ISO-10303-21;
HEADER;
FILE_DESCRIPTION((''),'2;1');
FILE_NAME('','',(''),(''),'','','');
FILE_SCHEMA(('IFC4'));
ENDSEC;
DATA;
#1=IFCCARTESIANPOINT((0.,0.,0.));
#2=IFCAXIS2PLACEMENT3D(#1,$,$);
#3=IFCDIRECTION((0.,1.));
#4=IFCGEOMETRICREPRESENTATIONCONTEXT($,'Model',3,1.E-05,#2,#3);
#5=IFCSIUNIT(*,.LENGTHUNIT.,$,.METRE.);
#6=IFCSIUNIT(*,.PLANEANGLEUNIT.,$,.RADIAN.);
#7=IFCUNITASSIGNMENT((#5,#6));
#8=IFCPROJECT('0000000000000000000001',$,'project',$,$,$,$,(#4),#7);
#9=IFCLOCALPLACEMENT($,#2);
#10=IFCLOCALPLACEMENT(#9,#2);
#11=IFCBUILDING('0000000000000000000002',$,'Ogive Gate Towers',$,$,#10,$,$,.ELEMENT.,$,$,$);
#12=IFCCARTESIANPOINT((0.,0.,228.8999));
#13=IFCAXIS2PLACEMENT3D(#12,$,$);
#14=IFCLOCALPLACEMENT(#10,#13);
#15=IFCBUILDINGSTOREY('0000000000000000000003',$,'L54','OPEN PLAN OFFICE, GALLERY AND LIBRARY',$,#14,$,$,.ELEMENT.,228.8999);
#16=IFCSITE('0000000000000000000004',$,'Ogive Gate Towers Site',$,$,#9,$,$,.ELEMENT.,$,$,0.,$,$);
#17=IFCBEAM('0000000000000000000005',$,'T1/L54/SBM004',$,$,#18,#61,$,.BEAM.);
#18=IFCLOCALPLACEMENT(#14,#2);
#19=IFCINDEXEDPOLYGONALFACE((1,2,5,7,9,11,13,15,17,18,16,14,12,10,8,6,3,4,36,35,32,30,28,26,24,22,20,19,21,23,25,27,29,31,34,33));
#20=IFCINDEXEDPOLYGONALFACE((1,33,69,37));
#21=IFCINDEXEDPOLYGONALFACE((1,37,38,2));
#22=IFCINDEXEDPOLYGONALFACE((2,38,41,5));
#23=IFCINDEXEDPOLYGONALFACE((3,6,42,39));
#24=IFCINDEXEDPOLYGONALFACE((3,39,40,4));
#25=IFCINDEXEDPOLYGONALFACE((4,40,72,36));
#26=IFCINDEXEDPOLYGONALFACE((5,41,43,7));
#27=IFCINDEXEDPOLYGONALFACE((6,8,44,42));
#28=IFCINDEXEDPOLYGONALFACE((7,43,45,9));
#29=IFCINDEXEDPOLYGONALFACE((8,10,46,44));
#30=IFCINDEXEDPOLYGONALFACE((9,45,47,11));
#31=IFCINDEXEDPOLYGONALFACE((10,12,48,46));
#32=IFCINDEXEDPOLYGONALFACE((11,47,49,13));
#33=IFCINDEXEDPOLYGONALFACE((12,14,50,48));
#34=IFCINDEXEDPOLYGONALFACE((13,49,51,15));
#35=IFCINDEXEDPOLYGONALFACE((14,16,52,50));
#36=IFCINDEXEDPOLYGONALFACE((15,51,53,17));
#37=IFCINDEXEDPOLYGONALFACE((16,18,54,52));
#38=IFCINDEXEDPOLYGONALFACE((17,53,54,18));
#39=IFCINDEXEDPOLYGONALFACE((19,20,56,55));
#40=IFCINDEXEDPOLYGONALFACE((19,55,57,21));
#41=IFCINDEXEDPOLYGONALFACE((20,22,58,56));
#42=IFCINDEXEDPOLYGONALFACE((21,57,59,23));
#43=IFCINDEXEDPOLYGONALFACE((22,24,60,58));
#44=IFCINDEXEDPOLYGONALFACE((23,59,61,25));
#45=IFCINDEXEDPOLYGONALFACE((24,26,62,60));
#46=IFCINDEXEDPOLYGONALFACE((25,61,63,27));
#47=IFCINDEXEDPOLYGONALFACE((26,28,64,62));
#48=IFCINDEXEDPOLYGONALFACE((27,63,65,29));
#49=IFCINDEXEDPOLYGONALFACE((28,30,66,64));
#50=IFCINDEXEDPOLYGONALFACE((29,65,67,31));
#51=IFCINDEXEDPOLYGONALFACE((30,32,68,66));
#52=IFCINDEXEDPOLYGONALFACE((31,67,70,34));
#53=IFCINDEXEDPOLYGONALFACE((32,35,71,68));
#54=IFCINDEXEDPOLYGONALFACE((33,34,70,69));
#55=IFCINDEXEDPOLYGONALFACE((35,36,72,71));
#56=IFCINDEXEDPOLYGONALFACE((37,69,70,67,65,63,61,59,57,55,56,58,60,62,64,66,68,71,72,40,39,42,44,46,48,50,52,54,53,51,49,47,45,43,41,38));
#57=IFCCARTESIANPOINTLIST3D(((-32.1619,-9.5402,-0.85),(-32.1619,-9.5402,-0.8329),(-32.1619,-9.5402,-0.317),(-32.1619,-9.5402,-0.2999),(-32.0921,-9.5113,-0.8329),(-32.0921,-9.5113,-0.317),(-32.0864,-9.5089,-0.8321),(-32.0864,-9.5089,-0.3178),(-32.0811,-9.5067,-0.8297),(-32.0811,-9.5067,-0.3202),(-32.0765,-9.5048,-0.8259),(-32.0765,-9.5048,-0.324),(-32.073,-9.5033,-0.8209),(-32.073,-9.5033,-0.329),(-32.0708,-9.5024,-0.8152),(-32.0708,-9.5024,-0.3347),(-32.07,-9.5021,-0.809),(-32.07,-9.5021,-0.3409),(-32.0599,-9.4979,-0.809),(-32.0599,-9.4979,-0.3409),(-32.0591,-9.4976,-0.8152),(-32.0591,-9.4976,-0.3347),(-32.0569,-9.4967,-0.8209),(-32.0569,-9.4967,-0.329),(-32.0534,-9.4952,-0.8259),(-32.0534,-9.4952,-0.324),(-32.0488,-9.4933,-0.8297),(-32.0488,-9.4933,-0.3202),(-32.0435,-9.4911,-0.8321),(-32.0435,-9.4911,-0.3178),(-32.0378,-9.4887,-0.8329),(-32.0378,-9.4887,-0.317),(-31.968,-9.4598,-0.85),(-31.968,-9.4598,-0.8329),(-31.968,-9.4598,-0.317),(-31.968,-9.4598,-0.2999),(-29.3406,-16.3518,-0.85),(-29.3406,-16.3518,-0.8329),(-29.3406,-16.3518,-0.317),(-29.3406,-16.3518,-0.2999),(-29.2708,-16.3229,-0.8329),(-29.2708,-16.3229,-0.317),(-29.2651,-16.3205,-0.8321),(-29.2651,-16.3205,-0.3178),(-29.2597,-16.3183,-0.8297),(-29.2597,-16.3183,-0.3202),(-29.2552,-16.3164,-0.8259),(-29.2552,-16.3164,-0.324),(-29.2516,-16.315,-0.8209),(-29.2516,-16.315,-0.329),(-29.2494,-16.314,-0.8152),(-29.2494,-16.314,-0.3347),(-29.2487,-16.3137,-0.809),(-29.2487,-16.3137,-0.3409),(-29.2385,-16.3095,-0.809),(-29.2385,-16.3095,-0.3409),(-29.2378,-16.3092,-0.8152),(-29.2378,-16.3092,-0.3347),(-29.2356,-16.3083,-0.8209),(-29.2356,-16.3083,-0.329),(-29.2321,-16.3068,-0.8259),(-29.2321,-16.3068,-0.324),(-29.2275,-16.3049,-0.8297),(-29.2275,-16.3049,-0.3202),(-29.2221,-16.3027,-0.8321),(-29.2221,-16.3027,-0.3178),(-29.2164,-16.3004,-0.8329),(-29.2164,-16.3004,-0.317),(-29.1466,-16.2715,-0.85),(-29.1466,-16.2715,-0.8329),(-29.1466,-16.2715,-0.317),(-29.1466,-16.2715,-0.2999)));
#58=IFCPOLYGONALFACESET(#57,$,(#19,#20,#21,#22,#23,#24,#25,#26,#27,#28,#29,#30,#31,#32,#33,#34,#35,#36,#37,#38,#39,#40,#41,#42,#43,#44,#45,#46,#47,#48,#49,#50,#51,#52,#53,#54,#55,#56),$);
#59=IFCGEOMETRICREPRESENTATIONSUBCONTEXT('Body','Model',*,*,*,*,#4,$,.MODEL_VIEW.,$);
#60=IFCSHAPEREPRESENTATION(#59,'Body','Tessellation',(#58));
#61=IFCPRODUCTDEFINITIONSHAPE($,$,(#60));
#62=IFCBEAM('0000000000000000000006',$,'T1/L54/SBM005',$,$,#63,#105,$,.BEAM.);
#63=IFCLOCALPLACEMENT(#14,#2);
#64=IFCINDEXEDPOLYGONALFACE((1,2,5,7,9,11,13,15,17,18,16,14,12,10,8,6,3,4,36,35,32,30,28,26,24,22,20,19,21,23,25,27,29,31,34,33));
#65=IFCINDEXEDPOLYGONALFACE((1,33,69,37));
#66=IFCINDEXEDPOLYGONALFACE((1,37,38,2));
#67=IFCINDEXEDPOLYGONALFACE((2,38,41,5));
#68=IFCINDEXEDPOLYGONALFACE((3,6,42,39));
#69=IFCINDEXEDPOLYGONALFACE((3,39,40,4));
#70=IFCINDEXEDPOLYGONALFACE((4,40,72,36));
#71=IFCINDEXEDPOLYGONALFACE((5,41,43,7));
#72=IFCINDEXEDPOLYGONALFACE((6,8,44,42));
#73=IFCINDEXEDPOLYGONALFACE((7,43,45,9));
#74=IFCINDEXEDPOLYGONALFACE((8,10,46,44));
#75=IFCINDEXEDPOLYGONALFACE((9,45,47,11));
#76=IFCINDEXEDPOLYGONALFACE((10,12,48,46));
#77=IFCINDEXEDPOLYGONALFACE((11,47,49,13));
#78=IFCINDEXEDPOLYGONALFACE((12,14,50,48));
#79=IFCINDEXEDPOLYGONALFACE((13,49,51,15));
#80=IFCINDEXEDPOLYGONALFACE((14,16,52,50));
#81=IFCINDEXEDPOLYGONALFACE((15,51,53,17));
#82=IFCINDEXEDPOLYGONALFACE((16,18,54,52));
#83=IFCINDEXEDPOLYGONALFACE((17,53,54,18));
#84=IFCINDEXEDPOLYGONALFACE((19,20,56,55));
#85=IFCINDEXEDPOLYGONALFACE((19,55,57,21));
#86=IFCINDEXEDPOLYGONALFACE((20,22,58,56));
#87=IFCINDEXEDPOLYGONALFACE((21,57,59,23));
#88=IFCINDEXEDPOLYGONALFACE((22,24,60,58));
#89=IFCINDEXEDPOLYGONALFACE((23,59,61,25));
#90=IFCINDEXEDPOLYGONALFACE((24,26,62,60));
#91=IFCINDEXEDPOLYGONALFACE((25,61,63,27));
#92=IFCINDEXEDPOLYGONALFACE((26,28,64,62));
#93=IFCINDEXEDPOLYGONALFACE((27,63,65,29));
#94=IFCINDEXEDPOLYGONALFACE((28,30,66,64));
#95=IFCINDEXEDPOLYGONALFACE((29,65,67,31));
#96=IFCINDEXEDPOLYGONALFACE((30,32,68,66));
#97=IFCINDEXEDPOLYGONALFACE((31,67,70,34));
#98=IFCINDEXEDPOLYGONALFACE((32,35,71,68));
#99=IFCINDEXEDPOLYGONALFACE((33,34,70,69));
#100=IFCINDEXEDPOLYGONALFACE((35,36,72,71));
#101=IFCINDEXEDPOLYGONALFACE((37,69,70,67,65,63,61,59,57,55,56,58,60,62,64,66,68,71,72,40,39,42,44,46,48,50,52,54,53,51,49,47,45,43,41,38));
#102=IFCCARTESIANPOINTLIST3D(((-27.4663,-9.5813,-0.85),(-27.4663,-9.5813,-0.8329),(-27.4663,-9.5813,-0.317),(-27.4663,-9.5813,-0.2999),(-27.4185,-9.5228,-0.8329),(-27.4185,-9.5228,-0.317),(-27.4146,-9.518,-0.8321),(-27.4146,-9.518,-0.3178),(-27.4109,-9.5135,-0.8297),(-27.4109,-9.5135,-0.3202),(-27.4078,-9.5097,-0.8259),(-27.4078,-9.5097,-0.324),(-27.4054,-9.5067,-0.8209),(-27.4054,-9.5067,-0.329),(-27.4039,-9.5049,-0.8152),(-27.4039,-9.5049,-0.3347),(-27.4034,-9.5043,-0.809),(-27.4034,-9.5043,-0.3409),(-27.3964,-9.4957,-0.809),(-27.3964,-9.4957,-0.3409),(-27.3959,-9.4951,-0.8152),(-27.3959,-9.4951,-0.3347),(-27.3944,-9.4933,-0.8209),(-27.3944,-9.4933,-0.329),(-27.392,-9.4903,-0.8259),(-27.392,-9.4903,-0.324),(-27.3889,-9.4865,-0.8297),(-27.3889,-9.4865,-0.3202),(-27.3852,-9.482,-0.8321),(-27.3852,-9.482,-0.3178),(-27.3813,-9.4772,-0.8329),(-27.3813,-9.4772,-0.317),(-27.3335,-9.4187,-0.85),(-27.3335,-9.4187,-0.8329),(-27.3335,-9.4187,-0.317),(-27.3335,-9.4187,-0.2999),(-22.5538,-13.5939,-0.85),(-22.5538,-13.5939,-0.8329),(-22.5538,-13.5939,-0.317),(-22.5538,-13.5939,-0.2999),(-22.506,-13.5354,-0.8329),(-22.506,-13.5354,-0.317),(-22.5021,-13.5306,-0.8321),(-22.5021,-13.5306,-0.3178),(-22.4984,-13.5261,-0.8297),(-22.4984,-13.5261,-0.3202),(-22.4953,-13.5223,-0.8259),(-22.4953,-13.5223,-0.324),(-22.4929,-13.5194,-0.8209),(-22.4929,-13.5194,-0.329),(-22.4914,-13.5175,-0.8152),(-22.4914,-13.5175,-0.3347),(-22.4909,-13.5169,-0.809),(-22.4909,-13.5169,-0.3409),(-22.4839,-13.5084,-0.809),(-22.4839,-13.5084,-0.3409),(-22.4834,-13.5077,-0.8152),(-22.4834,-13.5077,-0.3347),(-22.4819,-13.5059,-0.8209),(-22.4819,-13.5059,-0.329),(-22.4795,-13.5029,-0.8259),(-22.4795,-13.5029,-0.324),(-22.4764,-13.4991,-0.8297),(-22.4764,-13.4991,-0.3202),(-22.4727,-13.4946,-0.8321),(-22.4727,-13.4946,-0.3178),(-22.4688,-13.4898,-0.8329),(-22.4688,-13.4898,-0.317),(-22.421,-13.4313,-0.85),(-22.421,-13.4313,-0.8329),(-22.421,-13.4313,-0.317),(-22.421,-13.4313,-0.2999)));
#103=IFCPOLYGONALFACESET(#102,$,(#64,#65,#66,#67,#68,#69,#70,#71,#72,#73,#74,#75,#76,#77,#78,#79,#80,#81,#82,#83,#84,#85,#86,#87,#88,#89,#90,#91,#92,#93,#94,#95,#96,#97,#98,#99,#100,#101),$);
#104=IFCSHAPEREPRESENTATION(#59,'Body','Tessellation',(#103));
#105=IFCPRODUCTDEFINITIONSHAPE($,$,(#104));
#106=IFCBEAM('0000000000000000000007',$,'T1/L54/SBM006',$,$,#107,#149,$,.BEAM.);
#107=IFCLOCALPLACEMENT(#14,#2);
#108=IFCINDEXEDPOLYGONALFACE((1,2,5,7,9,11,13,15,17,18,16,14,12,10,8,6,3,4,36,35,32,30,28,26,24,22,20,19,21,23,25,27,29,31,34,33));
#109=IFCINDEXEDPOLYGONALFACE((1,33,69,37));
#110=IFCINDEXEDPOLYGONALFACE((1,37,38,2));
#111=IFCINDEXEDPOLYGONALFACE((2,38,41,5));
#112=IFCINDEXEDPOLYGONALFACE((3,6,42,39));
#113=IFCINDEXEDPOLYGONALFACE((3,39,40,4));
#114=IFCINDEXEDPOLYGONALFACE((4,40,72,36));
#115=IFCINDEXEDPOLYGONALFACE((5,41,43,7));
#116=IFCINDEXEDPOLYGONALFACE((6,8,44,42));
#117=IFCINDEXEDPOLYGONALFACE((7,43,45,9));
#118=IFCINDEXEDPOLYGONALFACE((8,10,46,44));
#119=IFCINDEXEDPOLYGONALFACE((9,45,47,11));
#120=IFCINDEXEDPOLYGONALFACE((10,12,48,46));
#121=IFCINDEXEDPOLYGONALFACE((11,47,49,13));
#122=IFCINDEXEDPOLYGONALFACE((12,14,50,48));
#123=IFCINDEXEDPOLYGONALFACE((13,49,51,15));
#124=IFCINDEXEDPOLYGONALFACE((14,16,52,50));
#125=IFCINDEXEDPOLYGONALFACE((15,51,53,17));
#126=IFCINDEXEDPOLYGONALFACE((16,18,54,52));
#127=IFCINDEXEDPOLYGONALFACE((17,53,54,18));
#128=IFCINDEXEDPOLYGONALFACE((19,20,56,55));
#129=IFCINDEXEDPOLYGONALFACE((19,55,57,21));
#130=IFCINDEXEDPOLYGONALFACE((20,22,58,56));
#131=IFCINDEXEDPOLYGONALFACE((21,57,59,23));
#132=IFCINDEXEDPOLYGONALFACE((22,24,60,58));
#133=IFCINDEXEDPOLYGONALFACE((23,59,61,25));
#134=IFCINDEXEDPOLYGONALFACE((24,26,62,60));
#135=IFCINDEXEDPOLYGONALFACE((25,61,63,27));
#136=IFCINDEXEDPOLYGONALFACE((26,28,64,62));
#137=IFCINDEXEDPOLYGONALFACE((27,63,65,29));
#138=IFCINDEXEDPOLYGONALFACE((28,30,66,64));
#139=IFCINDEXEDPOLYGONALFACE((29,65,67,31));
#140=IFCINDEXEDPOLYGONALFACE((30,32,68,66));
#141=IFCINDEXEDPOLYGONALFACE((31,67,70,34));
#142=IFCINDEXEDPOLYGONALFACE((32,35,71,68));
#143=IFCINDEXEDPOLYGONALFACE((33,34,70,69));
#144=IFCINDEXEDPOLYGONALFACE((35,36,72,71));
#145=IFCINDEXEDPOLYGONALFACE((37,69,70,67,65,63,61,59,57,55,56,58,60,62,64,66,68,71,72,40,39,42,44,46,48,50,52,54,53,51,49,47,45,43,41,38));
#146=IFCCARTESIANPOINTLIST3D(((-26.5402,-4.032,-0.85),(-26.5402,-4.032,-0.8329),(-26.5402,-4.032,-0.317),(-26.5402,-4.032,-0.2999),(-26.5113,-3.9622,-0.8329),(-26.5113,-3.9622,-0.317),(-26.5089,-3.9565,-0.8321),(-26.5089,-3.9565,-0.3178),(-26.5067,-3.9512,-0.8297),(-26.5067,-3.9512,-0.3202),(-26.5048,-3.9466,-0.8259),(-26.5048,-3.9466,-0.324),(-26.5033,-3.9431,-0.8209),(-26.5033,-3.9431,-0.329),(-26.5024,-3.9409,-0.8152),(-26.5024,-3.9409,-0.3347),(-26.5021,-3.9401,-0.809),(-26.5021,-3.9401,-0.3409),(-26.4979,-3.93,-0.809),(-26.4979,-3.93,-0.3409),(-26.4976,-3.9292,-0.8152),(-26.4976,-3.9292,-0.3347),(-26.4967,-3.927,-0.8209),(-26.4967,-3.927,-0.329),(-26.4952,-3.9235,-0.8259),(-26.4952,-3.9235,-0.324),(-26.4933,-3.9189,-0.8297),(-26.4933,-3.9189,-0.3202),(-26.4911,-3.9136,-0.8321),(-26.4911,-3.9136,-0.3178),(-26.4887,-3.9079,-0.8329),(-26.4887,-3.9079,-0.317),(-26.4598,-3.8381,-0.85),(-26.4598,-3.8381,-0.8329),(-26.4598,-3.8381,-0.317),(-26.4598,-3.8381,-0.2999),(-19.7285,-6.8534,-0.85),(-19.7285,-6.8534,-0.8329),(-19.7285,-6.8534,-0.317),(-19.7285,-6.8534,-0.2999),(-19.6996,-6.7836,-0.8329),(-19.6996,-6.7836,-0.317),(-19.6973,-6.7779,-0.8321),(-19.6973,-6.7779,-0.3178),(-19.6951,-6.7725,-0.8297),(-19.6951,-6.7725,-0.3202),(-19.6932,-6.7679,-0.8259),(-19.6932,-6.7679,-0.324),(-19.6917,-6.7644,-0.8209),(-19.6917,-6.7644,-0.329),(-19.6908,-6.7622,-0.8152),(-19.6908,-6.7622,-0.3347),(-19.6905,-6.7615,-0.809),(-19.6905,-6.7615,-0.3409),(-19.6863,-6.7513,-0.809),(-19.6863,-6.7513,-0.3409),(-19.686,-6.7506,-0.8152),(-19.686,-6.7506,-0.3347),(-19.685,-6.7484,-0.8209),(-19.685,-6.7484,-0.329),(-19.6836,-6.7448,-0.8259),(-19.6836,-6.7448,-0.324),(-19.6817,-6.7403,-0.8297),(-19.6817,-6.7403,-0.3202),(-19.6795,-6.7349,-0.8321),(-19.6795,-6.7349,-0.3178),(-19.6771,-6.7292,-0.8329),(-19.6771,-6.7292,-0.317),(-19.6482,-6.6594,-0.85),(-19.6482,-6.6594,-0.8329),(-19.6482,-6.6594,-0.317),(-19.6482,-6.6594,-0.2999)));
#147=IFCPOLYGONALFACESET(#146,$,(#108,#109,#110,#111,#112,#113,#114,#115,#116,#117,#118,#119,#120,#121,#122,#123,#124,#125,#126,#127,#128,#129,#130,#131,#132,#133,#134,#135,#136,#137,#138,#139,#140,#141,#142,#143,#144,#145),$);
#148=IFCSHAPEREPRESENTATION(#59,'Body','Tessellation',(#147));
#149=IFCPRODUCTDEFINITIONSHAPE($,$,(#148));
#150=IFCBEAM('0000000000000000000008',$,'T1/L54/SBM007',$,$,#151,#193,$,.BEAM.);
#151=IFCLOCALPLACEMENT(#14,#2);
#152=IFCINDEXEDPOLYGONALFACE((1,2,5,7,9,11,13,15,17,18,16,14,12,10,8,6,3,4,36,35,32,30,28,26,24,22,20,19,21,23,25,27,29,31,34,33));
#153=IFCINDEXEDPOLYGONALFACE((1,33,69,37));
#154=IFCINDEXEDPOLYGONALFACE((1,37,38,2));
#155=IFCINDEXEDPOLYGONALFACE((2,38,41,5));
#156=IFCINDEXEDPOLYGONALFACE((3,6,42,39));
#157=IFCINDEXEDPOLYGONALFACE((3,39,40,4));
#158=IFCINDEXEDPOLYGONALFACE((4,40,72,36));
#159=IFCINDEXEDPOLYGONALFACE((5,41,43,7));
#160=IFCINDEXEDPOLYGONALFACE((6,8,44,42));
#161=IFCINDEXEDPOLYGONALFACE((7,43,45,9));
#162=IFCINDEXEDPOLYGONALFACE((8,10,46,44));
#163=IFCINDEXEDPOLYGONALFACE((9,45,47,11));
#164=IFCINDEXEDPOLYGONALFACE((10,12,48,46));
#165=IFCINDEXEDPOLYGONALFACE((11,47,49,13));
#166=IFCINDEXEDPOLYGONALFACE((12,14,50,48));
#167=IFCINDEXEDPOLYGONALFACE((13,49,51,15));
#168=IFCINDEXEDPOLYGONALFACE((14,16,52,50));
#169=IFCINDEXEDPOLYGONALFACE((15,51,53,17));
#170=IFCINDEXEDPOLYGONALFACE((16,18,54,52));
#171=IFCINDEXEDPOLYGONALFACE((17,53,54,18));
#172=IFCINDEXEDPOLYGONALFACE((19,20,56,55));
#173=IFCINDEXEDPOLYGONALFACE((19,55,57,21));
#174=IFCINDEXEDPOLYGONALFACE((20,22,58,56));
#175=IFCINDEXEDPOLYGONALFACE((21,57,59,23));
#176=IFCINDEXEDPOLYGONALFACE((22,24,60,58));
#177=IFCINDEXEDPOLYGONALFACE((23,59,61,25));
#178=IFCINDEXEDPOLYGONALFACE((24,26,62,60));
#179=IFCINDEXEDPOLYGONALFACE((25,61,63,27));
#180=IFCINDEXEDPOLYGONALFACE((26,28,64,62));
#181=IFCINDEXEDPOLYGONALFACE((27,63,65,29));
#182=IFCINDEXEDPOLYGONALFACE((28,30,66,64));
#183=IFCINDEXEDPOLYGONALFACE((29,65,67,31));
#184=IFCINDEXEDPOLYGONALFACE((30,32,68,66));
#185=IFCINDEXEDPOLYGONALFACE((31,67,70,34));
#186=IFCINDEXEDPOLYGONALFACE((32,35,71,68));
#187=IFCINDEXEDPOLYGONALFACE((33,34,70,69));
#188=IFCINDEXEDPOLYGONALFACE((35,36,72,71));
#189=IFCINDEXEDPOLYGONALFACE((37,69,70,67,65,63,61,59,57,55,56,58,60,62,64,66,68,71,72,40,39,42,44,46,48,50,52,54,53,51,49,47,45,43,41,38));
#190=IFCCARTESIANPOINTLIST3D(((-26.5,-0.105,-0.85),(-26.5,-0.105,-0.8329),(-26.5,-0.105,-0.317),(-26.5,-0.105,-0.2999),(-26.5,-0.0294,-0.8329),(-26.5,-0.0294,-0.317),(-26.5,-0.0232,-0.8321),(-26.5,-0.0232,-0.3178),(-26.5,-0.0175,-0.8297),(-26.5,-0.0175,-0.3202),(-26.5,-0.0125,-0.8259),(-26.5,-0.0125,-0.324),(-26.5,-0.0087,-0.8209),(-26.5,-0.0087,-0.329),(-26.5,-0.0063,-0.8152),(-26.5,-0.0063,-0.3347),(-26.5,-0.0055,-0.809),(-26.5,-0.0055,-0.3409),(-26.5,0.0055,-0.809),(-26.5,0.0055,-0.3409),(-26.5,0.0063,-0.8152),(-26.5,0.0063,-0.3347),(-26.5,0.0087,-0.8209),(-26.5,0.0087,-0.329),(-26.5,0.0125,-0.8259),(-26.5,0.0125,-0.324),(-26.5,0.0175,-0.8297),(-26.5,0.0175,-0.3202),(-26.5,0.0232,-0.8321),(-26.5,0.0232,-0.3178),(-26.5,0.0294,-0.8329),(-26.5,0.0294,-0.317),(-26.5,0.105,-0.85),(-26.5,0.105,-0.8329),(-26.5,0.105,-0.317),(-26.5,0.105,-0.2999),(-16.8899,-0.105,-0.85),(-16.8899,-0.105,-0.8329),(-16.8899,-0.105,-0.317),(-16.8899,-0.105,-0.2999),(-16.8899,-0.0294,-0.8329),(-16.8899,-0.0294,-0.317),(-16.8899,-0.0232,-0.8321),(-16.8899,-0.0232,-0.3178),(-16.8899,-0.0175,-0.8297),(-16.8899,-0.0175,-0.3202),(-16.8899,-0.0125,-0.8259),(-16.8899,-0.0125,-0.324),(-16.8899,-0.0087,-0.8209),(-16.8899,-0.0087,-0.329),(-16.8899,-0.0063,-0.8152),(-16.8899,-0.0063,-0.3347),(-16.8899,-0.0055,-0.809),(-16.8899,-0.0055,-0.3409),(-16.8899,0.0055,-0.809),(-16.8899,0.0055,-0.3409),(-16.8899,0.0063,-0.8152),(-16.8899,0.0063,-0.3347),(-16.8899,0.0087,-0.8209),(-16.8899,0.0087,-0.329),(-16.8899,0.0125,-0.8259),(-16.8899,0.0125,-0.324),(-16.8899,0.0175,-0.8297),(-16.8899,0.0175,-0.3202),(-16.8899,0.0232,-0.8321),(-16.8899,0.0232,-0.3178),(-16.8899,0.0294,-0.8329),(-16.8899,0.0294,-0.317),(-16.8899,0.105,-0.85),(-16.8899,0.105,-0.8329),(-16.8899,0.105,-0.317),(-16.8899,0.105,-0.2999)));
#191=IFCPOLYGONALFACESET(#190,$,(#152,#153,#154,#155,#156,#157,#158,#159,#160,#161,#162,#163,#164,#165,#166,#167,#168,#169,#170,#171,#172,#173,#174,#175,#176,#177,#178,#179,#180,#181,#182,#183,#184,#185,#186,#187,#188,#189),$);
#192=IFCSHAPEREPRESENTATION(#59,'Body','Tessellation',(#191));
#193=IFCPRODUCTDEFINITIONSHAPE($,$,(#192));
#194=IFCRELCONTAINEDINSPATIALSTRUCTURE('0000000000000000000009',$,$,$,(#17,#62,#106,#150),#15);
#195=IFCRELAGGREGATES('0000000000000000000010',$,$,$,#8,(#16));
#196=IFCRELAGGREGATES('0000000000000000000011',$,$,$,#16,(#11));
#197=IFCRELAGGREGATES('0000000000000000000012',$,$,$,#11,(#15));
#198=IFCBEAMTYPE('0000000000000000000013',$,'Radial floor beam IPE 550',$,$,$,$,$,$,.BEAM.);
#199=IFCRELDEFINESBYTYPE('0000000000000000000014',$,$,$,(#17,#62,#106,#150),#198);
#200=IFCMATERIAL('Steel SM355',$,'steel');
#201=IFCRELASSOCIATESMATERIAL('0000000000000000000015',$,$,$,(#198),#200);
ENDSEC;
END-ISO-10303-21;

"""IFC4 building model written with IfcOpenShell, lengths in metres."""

from ifc_helpers import new_model, si_unit, direction, frame, origin, origin_2d, place, context, subcontext, project, spatial, i_section, extrude, material, material_profile, profile_set, type_object, element, save


model = new_model("IFC4")

# Units and contexts
model_context = context("Model", 3, precision=1e-05, world=origin(), true_north=direction((0.0, 1.0)))
body_context = subcontext(model_context, "Body", "Model", "MODEL_VIEW")
ifc_project = project(units=[si_unit("LENGTHUNIT", "METRE"), si_unit("PLANEANGLEUNIT", "RADIAN")], contexts=[model_context])

# Site, building, storey
site_placement = place(None, origin())
site = spatial("IfcSite", under=ifc_project, at=site_placement, Name="Ogive Gate Towers Site", CompositionType="ELEMENT", RefElevation=0.0)
building_placement = place(site_placement, origin())
building = spatial("IfcBuilding", under=site, at=building_placement, Name="Ogive Gate Towers", CompositionType="ELEMENT")
storey_placement = place(building_placement, frame((0.0, 0.0, 228.8999)))
storey = spatial("IfcBuildingStorey", under=building, at=storey_placement, Name="L54", Description="OPEN PLAN OFFICE, GALLERY AND LIBRARY", CompositionType="ELEMENT", Elevation=228.8999)

# Beams
ifc_material_1 = material(Name="Steel SM355", Category="steel")
ifc_material_profile_1 = material_profile(ifc_material_1, i_section(OverallWidth=0.21, OverallDepth=0.55, WebThickness=0.011, FlangeThickness=0.0171, FilletRadius=0.0239, at=origin_2d()), Name="IPE 550")
ifc_profile_set_1 = profile_set([ifc_material_profile_1], Name="Steel SM355")
beam_type = type_object("IfcBeamType", Name="Radial floor beam IPE 550", PredefinedType="BEAM", material=ifc_profile_set_1)
beam_1_placement = place(storey_placement, frame((-32.0649, -9.5, -0.575), z_axis=(0.382668, -0.923886, 0.0), x_axis=(0.923886, 0.382668, 0.0)))
element("IfcBeam", 1, at=beam_1_placement, inside=storey, type_object=beam_type, Name="T1/L54/SBM004", PredefinedType="BEAM", context=body_context, shape_type="SweptSolid", body=[
    extrude(i_section(OverallWidth=0.21, OverallDepth=0.55, WebThickness=0.011, FlangeThickness=0.0171, FilletRadius=0.0239, at=origin_2d()), origin(), (0.0, 0.0, 1.0), 7.3728),
])
beam_2_placement = place(storey_placement, frame((-27.3999, -9.5, -0.575), z_axis=(0.774475, -0.632605, 0.0), x_axis=(0.632605, 0.774475, 0.0)))
element("IfcBeam", 2, at=beam_2_placement, inside=storey, type_object=beam_type, Name="T1/L54/SBM005", PredefinedType="BEAM", context=body_context, shape_type="SweptSolid", body=[
    extrude(i_section(OverallWidth=0.21, OverallDepth=0.55, WebThickness=0.011, FlangeThickness=0.0171, FilletRadius=0.0239, at=origin_2d()), origin(), (0.0, 0.0, 1.0), 6.343),
])
beam_3_placement = place(storey_placement, frame((-26.5, -3.9351, -0.575), z_axis=(0.923886, -0.382668, 0.0), x_axis=(0.382668, 0.923886, 0.0)))
element("IfcBeam", 3, at=beam_3_placement, inside=storey, type_object=beam_type, Name="T1/L54/SBM006", PredefinedType="BEAM", context=body_context, shape_type="SweptSolid", body=[
    extrude(i_section(OverallWidth=0.21, OverallDepth=0.55, WebThickness=0.011, FlangeThickness=0.0171, FilletRadius=0.0239, at=origin_2d()), origin(), (0.0, 0.0, 1.0), 7.3728),
])
beam_4_placement = place(storey_placement, frame((-26.5, 0.0, -0.575), z_axis=(1.0, 0.0, 0.0), x_axis=(0.0, 1.0, 0.0)))
element("IfcBeam", 4, at=beam_4_placement, inside=storey, type_object=beam_type, Name="T1/L54/SBM007", PredefinedType="BEAM", context=body_context, shape_type="SweptSolid", body=[
    extrude(i_section(OverallWidth=0.21, OverallDepth=0.55, WebThickness=0.011, FlangeThickness=0.0171, FilletRadius=0.0239, at=origin_2d()), origin(), (0.0, 0.0, 1.0), 9.6101),
])

save(model, "model.ifc")
